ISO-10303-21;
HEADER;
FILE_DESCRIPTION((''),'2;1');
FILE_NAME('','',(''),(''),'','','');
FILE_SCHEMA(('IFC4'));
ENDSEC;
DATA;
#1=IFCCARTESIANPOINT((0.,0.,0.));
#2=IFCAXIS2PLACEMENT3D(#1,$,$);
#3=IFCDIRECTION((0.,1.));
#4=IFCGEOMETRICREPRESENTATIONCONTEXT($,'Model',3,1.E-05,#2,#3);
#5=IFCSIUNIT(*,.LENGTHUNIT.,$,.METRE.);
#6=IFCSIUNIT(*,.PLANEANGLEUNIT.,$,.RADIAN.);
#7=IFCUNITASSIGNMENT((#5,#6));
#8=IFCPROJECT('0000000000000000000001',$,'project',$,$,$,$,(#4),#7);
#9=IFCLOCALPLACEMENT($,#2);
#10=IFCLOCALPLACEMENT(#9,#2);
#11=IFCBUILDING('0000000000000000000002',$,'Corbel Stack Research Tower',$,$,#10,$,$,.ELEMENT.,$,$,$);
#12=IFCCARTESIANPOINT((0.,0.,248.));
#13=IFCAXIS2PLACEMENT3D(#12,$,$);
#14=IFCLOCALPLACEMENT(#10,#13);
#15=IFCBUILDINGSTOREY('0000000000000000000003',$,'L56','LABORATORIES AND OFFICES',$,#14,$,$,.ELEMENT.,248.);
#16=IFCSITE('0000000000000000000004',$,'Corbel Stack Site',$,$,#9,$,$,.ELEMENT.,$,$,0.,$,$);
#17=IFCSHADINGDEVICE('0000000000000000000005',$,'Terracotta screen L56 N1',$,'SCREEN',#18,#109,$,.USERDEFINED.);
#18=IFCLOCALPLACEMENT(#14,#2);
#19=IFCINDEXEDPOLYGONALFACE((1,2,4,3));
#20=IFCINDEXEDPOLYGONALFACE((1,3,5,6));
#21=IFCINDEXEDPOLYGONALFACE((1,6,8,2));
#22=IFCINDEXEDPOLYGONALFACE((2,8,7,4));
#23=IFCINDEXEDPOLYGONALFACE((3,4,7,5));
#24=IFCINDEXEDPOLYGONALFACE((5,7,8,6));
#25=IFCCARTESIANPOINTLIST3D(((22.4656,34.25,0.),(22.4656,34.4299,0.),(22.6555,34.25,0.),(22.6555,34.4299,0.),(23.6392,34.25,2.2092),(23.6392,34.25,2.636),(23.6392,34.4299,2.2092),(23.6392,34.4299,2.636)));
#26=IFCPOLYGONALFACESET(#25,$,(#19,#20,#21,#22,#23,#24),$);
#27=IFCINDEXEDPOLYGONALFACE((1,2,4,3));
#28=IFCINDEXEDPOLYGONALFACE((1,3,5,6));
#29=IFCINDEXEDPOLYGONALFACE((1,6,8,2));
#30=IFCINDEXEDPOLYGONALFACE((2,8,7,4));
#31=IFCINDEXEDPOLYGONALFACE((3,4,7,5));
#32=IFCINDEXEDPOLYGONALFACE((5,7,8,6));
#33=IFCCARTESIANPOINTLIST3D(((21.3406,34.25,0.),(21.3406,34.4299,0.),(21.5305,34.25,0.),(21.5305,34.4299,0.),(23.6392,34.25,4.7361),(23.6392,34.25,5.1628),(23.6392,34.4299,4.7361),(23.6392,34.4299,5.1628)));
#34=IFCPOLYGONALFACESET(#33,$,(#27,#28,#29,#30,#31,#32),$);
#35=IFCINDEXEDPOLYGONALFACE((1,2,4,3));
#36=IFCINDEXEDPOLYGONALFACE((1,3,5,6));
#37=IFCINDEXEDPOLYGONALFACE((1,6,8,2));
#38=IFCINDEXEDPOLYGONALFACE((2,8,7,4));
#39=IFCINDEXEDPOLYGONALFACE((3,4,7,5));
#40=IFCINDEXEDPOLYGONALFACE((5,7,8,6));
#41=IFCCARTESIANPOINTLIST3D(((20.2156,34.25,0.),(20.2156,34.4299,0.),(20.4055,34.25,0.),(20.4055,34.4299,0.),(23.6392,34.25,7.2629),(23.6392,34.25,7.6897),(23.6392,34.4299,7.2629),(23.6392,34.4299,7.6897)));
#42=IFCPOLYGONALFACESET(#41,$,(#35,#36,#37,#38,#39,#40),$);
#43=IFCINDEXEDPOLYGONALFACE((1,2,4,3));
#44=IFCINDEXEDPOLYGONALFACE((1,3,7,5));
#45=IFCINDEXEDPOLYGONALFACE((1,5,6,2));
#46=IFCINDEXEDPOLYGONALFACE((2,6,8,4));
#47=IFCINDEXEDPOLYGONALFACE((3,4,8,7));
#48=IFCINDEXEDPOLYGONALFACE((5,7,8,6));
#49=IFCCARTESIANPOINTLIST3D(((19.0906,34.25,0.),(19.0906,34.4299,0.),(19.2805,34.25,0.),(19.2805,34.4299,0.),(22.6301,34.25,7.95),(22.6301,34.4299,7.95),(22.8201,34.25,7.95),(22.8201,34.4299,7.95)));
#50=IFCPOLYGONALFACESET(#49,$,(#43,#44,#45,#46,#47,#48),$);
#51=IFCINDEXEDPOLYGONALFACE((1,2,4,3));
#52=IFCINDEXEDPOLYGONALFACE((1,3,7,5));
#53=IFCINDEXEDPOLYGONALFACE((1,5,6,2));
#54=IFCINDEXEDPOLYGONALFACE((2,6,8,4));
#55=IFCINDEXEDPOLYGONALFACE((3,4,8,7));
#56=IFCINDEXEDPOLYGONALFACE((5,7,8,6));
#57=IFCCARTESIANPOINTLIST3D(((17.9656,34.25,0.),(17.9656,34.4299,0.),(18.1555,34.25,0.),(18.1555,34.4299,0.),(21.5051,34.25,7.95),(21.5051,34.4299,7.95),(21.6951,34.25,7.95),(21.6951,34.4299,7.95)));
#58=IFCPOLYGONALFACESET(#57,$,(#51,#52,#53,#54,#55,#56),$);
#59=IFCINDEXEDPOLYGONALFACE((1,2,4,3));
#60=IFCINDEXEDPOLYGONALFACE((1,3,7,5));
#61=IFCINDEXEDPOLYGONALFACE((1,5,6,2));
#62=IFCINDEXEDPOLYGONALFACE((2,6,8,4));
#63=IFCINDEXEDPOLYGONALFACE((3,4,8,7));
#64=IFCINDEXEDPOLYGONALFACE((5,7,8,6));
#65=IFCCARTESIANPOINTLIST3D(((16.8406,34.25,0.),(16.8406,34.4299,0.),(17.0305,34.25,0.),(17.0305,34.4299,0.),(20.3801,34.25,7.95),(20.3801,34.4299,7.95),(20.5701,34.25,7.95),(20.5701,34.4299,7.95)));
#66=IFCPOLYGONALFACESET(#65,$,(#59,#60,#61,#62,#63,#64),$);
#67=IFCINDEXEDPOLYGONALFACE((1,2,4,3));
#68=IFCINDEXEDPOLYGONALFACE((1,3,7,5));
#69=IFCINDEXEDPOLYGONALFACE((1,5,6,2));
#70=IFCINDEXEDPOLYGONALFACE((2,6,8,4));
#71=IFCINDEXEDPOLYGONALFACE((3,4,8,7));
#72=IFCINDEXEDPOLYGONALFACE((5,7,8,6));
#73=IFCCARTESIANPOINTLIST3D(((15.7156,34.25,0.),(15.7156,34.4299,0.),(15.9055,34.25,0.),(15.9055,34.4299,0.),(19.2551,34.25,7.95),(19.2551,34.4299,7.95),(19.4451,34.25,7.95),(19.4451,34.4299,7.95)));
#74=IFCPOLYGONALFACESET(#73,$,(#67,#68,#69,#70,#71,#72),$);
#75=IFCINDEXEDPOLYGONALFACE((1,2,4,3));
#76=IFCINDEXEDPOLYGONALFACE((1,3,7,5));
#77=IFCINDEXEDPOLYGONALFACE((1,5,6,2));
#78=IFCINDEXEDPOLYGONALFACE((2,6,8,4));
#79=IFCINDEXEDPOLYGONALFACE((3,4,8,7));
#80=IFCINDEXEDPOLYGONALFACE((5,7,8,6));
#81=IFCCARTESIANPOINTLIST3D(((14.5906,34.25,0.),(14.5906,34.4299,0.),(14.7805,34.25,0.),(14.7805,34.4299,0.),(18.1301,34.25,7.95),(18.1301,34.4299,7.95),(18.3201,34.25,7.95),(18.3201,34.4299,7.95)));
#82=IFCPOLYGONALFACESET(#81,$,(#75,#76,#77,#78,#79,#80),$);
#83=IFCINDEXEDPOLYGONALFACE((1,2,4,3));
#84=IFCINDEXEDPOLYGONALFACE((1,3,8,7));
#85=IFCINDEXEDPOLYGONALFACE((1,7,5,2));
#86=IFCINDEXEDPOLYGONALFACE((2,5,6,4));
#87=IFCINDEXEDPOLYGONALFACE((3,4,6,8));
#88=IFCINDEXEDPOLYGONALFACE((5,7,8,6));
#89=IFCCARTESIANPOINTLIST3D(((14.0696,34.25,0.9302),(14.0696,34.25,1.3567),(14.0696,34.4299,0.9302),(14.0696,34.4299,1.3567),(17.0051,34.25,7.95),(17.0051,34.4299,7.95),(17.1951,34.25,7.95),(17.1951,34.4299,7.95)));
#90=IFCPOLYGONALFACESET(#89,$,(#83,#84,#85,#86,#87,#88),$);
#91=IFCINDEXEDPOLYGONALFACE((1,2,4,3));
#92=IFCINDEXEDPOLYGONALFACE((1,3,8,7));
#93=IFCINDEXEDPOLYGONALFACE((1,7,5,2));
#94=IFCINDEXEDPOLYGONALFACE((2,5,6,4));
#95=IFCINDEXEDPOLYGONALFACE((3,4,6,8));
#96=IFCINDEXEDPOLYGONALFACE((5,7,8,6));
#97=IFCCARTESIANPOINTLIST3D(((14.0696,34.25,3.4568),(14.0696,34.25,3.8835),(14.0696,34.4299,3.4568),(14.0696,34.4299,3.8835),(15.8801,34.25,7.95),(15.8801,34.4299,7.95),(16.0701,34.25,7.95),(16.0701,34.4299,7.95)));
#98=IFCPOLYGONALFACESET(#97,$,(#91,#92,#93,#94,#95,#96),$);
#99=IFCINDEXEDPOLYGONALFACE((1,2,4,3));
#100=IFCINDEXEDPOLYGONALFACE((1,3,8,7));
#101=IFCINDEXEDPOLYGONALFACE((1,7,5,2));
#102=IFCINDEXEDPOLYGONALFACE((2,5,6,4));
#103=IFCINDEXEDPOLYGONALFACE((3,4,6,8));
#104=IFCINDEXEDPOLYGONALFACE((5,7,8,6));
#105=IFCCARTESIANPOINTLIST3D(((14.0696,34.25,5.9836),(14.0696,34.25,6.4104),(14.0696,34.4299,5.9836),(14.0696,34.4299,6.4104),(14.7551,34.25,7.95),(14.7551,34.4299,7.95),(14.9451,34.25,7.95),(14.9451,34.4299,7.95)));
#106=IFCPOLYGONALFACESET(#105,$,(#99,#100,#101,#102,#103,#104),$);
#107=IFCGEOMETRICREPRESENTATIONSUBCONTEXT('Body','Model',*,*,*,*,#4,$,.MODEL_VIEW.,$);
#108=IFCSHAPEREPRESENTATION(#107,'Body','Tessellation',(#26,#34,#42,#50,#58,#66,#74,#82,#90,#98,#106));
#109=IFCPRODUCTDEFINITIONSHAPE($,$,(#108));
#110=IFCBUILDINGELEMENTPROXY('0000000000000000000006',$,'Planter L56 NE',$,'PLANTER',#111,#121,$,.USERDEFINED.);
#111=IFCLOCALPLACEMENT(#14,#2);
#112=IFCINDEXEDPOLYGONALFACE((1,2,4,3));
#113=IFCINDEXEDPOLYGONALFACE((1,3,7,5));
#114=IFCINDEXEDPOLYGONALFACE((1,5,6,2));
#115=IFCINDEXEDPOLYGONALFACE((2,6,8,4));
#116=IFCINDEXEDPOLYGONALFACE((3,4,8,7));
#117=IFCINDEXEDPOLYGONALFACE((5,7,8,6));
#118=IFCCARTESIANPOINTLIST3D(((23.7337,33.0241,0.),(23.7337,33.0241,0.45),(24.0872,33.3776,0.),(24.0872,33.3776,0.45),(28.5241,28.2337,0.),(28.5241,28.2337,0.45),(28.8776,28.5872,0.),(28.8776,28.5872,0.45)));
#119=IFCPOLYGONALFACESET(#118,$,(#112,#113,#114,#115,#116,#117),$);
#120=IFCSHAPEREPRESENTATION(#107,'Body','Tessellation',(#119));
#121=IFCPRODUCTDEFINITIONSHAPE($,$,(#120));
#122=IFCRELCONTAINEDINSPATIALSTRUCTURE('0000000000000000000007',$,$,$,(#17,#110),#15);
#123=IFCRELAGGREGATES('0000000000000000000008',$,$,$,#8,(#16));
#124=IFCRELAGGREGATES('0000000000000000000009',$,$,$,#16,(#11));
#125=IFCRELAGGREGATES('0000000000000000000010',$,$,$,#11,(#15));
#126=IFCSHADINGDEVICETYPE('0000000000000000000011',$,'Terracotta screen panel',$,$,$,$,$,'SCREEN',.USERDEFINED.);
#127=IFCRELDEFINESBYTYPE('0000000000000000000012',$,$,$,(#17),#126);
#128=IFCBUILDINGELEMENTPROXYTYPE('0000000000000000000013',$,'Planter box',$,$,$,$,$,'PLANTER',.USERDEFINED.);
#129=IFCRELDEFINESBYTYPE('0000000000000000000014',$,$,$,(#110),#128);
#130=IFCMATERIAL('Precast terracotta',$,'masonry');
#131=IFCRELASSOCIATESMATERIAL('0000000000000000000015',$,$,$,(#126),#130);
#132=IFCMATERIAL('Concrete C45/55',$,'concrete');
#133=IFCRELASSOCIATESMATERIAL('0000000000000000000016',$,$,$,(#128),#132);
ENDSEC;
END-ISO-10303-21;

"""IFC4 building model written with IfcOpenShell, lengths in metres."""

from ifc_helpers import new_model, si_unit, direction, frame, origin, origin_2d, place, context, subcontext, project, spatial, polyline, rectangle, outline, extrude, source, transform, mapped, material, type_object, element, save


model = new_model("IFC4")

# Units and contexts
model_context = context("Model", 3, precision=1e-05, world=origin(), true_north=direction((0.0, 1.0)))
body_context = subcontext(model_context, "Body", "Model", "MODEL_VIEW")
ifc_project = project(units=[si_unit("LENGTHUNIT", "METRE"), si_unit("PLANEANGLEUNIT", "RADIAN")], contexts=[model_context])

# Site, building, storey
site_placement = place(None, origin())
site = spatial("IfcSite", under=ifc_project, at=site_placement, Name="Corbel Stack Site", CompositionType="ELEMENT", RefElevation=0.0)
building_placement = place(site_placement, origin())
building = spatial("IfcBuilding", under=site, at=building_placement, Name="Corbel Stack Research Tower", CompositionType="ELEMENT")
storey_placement = place(building_placement, frame((0.0, 0.0, 248.0)))
storey = spatial("IfcBuildingStorey", under=building, at=storey_placement, Name="L56", Description="LABORATORIES AND OFFICES", CompositionType="ELEMENT", Elevation=248.0)

# Shading device
ifc_material_1 = material(Name="Precast terracotta", Category="masonry")
shading_device_type = type_object("IfcShadingDeviceType", Name="Terracotta screen panel", ElementType="SCREEN", PredefinedType="USERDEFINED", material=ifc_material_1)
shared_shape_1 = source(origin(), body_context, "Body", "SweptSolid", [
    extrude(outline(polyline([(1.1736, 0.0), (0.0, 2.636), (0.0, 2.2092), (0.9836, 0.0), (1.1736, 0.0)])), frame((0.0, 0.0, 0.0), z_axis=(0.0, -1.0, 0.0), x_axis=(1.0, 0.0, 0.0)), (0.0, 0.0, 1.0), 0.1799),
    extrude(outline(polyline([(2.2986, 0.0), (0.0, 5.1628), (0.0, 4.7361), (2.1086, 0.0), (2.2986, 0.0)])), frame((0.0, 0.0, 0.0), z_axis=(0.0, -1.0, 0.0), x_axis=(1.0, 0.0, 0.0)), (0.0, 0.0, 1.0), 0.1799),
    extrude(outline(polyline([(3.4236, 0.0), (0.0, 7.6897), (0.0, 7.2629), (3.2336, 0.0), (3.4236, 0.0)])), frame((0.0, 0.0, 0.0), z_axis=(0.0, -1.0, 0.0), x_axis=(1.0, 0.0, 0.0)), (0.0, 0.0, 1.0), 0.1799),
    extrude(outline(polyline([(4.5486, 0.0), (1.009, 7.95), (0.8191, 7.95), (4.3586, 0.0), (4.5486, 0.0)])), frame((0.0, 0.0, 0.0), z_axis=(0.0, -1.0, 0.0), x_axis=(1.0, 0.0, 0.0)), (0.0, 0.0, 1.0), 0.1799),
    extrude(outline(polyline([(5.6736, 0.0), (2.134, 7.95), (1.9441, 7.95), (5.4836, 0.0), (5.6736, 0.0)])), frame((0.0, 0.0, 0.0), z_axis=(0.0, -1.0, 0.0), x_axis=(1.0, 0.0, 0.0)), (0.0, 0.0, 1.0), 0.1799),
    extrude(outline(polyline([(6.7986, 0.0), (3.259, 7.95), (3.0691, 7.95), (6.6086, 0.0), (6.7986, 0.0)])), frame((0.0, 0.0, 0.0), z_axis=(0.0, -1.0, 0.0), x_axis=(1.0, 0.0, 0.0)), (0.0, 0.0, 1.0), 0.1799),
    extrude(outline(polyline([(7.9236, 0.0), (4.384, 7.95), (4.1941, 7.95), (7.7336, 0.0), (7.9236, 0.0)])), frame((0.0, 0.0, 0.0), z_axis=(0.0, -1.0, 0.0), x_axis=(1.0, 0.0, 0.0)), (0.0, 0.0, 1.0), 0.1799),
    extrude(outline(polyline([(9.0486, 0.0), (5.509, 7.95), (5.3191, 7.95), (8.8586, 0.0), (9.0486, 0.0)])), frame((0.0, 0.0, 0.0), z_axis=(0.0, -1.0, 0.0), x_axis=(1.0, 0.0, 0.0)), (0.0, 0.0, 1.0), 0.1799),
    extrude(outline(polyline([(6.634, 7.95), (6.4441, 7.95), (9.5696, 0.9302), (9.5696, 1.3567), (6.634, 7.95)])), frame((0.0, 0.0, 0.0), z_axis=(0.0, -1.0, 0.0), x_axis=(1.0, 0.0, 0.0)), (0.0, 0.0, 1.0), 0.1799),
    extrude(outline(polyline([(7.759, 7.95), (7.5691, 7.95), (9.5696, 3.4568), (9.5696, 3.8835), (7.759, 7.95)])), frame((0.0, 0.0, 0.0), z_axis=(0.0, -1.0, 0.0), x_axis=(1.0, 0.0, 0.0)), (0.0, 0.0, 1.0), 0.1799),
    extrude(outline(polyline([(8.884, 7.95), (8.6941, 7.95), (9.5696, 5.9836), (9.5696, 6.4104), (8.884, 7.95)])), frame((0.0, 0.0, 0.0), z_axis=(0.0, -1.0, 0.0), x_axis=(1.0, 0.0, 0.0)), (0.0, 0.0, 1.0), 0.1799),
])
shading_device_1_placement = place(storey_placement, frame((23.6392, 34.25, 0.0), z_axis=(0.0, 0.0, 1.0), x_axis=(-1.0, 0.0, 0.0)))
element("IfcShadingDevice", 1, at=shading_device_1_placement, inside=storey, type_object=shading_device_type, Name="Terracotta screen L56 N1", ObjectType="SCREEN", PredefinedType="USERDEFINED", context=body_context, shape_type="MappedRepresentation", body=[
    mapped(shared_shape_1, transform((0.0, 0.0, 0.0))),
])

# Building element proxy
ifc_material_2 = material(Name="Concrete C45/55", Category="concrete")
building_element_proxy_type = type_object("IfcBuildingElementProxyType", Name="Planter box", ElementType="PLANTER", PredefinedType="USERDEFINED", material=ifc_material_2)
proxy_placement = place(storey_placement, frame((26.3057, 30.8057, 0.0), z_axis=(0.0, 0.0, 1.0), x_axis=(-0.707107, 0.707107, 0.0)))
element("IfcBuildingElementProxy", 2, at=proxy_placement, inside=storey, type_object=building_element_proxy_type, Name="Planter L56 NE", ObjectType="PLANTER", PredefinedType="USERDEFINED", context=body_context, shape_type="SweptSolid", body=[
    extrude(rectangle(XDim=6.7747, YDim=0.5, at=origin_2d()), origin(), (0.0, 0.0, 1.0), 0.45),
])

save(model, "model.ifc")
